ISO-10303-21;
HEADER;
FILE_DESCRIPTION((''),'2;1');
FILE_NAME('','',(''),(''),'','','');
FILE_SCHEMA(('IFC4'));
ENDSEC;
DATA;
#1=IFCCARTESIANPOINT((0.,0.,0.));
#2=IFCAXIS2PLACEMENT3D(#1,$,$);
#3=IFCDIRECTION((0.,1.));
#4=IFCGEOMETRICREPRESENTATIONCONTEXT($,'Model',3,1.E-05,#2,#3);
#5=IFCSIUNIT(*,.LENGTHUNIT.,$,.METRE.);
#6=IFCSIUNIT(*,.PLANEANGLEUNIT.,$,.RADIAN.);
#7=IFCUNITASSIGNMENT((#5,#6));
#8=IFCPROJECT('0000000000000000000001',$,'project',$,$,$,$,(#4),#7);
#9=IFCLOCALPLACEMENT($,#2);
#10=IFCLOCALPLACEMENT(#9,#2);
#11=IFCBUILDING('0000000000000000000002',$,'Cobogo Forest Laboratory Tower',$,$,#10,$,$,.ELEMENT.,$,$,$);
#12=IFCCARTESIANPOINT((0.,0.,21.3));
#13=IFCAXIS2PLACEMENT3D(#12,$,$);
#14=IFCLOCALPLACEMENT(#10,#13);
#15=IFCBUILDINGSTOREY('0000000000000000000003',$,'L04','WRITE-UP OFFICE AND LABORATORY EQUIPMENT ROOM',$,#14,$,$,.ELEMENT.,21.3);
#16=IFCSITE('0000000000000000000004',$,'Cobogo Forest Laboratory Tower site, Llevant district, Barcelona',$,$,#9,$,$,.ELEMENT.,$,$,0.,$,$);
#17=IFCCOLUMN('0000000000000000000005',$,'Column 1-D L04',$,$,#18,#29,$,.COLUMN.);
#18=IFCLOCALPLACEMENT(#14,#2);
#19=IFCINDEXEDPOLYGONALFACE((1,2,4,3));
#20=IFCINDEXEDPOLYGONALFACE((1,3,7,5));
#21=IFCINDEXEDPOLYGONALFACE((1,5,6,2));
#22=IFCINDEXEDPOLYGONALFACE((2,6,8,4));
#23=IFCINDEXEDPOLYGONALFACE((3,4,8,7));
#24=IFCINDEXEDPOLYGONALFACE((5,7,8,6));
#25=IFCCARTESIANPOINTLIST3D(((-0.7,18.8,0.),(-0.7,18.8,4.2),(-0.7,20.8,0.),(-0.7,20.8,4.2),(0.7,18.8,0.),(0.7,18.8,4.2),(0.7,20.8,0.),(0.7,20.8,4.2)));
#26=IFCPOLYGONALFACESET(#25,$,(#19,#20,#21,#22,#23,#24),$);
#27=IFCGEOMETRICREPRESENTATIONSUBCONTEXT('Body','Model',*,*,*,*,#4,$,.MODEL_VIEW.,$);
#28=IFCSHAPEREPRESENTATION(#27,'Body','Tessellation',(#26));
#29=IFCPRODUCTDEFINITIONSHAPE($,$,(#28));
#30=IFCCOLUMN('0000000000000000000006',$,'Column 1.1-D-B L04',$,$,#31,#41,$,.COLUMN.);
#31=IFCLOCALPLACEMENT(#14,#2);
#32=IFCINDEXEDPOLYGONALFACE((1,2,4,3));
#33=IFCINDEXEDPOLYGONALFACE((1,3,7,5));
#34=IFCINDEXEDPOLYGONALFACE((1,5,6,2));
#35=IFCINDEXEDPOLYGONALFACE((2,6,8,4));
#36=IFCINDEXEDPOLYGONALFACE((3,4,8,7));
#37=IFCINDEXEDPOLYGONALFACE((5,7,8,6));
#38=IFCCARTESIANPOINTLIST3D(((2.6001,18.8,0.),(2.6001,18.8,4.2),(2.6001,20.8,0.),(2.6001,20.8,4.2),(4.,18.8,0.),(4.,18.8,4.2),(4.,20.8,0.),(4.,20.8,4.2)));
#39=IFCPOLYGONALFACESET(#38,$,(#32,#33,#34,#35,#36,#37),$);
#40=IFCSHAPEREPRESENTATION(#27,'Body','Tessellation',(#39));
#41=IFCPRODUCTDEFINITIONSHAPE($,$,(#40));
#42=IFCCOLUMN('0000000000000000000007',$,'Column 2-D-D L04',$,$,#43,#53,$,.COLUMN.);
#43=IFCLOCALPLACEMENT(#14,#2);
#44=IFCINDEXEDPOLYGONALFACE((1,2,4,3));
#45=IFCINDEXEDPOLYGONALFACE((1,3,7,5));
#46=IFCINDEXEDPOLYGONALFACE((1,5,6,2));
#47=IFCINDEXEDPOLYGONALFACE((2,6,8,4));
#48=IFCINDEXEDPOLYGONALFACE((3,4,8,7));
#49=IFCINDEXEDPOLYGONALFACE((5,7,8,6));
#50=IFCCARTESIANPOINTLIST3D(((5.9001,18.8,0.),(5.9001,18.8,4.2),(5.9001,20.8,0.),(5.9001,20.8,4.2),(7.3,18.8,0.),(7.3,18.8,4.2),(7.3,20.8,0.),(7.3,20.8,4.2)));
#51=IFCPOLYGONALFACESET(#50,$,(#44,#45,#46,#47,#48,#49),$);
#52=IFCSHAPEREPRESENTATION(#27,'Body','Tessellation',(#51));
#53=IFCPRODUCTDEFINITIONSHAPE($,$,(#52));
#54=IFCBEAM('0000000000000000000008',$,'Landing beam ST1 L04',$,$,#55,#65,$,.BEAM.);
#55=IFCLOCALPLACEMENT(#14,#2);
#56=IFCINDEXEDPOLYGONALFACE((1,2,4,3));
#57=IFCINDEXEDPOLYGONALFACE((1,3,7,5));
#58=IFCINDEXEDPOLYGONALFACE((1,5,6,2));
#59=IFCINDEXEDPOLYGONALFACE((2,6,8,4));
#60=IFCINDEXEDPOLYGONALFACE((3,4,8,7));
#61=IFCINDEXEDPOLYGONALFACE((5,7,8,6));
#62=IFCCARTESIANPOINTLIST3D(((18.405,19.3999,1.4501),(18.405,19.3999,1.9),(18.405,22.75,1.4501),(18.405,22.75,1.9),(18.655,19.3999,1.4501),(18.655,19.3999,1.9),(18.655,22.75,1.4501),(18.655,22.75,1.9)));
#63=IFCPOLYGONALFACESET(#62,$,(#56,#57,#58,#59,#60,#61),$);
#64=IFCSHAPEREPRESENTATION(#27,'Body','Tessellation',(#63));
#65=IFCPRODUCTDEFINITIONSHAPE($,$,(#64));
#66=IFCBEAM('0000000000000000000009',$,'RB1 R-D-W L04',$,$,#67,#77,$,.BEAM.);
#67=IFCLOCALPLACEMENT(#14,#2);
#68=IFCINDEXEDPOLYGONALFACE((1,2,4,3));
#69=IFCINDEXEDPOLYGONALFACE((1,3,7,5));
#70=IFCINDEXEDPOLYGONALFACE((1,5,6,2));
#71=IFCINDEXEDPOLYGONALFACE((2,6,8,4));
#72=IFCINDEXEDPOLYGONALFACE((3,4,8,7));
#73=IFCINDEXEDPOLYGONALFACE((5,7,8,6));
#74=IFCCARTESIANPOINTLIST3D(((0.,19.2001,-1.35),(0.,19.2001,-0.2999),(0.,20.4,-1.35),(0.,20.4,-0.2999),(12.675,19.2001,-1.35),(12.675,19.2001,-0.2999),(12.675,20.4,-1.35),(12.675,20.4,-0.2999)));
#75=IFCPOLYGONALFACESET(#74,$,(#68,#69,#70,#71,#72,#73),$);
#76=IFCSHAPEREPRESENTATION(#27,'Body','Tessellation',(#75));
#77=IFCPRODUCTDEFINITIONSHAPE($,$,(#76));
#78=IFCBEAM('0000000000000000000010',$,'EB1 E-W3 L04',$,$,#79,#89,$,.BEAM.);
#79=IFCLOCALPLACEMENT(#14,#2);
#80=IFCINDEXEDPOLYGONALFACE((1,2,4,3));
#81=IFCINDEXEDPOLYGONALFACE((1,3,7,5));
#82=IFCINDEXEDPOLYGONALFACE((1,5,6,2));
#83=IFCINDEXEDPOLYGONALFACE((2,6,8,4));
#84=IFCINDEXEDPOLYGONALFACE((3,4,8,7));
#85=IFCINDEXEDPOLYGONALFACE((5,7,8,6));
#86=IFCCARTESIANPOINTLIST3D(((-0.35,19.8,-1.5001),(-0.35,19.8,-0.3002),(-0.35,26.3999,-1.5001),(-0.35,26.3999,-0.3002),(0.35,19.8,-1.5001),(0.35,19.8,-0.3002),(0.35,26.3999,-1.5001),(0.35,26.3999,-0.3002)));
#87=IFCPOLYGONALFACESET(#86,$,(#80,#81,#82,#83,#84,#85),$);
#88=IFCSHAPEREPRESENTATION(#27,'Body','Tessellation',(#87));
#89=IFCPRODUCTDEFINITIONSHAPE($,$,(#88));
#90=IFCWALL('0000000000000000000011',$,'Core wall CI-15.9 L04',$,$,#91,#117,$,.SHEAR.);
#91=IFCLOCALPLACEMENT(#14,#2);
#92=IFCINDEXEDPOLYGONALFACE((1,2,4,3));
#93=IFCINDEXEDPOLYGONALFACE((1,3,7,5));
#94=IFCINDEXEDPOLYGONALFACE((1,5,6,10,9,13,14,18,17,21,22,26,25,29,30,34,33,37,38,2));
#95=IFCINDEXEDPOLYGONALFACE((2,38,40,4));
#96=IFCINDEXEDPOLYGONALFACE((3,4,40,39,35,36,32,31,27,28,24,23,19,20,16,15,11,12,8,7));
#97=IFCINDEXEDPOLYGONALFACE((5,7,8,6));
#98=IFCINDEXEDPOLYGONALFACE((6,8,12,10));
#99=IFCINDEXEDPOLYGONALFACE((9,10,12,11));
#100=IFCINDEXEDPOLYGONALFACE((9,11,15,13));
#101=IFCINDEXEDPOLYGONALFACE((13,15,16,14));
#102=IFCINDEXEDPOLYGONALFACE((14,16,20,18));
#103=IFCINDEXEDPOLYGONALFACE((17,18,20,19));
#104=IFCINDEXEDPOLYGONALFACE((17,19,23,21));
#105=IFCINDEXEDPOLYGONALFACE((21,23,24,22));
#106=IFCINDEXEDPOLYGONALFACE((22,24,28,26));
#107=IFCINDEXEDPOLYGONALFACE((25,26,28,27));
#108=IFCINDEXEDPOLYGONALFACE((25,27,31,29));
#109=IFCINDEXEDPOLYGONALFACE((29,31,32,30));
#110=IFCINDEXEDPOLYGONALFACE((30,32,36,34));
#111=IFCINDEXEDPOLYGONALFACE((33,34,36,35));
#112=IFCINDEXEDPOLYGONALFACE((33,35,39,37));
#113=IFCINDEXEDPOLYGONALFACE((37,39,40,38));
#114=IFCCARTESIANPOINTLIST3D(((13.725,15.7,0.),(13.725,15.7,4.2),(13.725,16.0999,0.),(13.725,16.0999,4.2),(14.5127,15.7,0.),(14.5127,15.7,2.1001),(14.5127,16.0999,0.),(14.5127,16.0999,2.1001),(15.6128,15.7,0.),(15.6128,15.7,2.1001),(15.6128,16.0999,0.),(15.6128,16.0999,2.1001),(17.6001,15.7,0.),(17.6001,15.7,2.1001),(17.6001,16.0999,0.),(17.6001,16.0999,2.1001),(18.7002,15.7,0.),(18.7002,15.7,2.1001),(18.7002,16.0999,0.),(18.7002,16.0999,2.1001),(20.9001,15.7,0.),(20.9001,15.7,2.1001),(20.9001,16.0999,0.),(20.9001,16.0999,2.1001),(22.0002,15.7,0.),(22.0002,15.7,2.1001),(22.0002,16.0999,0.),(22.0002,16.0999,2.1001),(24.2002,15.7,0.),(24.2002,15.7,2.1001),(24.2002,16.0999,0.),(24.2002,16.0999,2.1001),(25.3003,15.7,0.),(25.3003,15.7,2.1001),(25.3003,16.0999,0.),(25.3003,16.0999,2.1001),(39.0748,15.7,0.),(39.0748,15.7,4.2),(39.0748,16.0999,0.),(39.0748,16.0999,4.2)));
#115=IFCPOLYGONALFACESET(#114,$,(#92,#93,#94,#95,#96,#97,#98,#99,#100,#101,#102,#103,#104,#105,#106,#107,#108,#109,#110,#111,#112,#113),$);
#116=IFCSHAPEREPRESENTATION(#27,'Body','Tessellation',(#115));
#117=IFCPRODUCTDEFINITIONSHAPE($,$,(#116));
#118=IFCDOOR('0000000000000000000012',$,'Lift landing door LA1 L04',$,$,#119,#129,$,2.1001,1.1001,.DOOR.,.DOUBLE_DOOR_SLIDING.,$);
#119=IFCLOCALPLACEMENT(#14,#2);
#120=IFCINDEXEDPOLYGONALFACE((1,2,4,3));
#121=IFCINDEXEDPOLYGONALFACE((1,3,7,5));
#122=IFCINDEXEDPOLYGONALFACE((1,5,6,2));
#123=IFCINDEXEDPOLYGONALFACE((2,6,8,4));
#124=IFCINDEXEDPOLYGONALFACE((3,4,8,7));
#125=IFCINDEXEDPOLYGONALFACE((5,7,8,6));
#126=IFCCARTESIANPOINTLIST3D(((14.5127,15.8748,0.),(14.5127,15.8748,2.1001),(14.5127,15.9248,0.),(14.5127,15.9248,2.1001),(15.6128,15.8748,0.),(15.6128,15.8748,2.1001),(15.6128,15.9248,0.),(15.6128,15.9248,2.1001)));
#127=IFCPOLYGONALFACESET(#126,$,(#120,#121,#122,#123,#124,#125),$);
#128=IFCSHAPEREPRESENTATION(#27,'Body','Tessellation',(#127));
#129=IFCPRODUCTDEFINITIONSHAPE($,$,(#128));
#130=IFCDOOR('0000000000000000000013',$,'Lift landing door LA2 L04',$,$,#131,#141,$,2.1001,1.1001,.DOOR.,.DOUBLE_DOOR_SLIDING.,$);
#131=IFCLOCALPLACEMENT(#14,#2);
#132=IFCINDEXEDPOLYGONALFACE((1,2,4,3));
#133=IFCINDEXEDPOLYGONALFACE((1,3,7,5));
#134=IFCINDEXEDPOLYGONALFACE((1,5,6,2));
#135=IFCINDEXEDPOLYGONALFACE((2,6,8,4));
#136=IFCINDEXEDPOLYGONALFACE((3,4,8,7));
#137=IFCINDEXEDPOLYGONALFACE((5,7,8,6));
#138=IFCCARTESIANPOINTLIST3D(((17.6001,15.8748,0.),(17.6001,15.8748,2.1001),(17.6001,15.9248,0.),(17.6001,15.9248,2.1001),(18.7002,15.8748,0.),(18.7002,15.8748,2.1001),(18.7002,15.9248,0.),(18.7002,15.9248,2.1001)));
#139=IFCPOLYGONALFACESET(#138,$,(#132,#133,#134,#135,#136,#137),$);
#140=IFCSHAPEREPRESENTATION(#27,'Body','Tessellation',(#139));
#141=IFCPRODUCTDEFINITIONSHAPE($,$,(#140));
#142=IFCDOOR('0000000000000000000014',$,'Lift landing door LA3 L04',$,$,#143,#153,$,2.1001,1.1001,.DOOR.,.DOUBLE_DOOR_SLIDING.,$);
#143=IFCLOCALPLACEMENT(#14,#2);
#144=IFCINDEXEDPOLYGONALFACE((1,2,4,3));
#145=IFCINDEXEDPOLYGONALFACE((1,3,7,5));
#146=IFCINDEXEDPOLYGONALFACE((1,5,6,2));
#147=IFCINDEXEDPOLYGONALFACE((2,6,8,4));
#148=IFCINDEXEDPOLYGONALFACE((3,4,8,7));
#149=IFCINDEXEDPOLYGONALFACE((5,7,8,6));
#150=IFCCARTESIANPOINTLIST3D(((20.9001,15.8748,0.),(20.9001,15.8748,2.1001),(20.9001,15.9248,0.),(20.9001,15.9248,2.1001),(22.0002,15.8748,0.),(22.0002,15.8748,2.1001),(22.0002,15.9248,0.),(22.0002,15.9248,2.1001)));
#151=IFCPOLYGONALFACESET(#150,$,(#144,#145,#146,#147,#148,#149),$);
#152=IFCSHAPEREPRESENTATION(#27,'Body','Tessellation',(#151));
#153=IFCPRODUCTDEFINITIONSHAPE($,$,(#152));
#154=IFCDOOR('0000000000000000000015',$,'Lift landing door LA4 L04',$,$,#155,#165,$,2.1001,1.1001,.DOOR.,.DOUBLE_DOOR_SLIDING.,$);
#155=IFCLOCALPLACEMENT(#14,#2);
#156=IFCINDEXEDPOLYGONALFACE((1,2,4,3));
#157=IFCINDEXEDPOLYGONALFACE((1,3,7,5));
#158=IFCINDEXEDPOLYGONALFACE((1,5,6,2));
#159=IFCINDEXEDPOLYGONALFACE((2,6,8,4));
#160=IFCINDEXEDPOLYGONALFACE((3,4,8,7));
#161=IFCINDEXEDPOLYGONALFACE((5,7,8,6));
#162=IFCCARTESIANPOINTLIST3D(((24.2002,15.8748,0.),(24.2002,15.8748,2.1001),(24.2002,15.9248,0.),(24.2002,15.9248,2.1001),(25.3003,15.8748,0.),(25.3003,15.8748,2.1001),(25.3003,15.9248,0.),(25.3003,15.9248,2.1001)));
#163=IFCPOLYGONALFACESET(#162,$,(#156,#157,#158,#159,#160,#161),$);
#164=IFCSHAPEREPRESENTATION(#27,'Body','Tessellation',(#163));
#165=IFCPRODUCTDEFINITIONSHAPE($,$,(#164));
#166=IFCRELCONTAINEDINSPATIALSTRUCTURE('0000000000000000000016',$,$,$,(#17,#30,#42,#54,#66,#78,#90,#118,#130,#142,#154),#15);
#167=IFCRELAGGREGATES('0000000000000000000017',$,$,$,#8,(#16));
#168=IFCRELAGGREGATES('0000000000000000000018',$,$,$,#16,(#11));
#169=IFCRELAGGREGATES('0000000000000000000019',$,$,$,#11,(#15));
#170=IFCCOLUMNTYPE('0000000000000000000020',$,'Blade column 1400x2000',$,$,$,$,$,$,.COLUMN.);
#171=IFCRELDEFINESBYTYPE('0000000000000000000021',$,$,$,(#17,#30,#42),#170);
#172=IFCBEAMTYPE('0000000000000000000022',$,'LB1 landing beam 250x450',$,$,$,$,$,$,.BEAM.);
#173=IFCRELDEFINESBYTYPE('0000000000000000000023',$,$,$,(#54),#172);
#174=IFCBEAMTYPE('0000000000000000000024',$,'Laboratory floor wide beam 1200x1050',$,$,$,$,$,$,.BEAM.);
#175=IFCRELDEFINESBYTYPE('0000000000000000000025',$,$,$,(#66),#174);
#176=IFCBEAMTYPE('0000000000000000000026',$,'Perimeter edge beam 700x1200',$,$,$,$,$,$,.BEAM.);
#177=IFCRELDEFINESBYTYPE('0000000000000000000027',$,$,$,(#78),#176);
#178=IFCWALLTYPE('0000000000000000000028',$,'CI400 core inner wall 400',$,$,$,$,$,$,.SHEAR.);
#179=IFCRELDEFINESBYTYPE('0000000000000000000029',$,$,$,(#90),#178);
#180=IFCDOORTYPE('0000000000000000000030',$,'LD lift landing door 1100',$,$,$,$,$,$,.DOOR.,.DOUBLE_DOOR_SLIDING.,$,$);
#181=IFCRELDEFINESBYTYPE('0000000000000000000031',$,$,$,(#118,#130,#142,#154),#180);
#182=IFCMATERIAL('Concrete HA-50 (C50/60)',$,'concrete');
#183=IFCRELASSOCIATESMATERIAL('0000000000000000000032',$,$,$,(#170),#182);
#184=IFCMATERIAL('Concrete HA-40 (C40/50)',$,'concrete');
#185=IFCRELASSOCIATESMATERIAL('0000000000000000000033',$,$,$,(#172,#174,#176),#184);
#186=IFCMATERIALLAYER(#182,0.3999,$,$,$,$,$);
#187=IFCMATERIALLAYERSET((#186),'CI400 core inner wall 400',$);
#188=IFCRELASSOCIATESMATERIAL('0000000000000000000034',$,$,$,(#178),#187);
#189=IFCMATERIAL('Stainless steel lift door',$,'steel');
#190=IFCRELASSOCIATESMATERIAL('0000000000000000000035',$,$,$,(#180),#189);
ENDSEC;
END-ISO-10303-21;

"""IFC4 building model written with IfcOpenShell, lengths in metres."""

from ifc_helpers import new_model, si_unit, direction, frame, frame_2d, origin, origin_2d, place, context, subcontext, project, spatial, rectangle, extrude, material, layer, layer_set, material_profile, profile_set, type_object, element, fill, save


model = new_model("IFC4")

# Units and contexts
model_context = context("Model", 3, precision=1e-05, world=origin(), true_north=direction((0.0, 1.0)))
body_context = subcontext(model_context, "Body", "Model", "MODEL_VIEW")
ifc_project = project(units=[si_unit("LENGTHUNIT", "METRE"), si_unit("PLANEANGLEUNIT", "RADIAN")], contexts=[model_context])

# Site, building, storey
site_placement = place(None, origin())
site = spatial("IfcSite", under=ifc_project, at=site_placement, Name="Cobogo Forest Laboratory Tower site, Llevant district, Barcelona", CompositionType="ELEMENT", RefElevation=0.0)
building_placement = place(site_placement, origin())
building = spatial("IfcBuilding", under=site, at=building_placement, Name="Cobogo Forest Laboratory Tower", CompositionType="ELEMENT")
storey_placement = place(building_placement, frame((0.0, 0.0, 21.3)))
storey = spatial("IfcBuildingStorey", under=building, at=storey_placement, Name="L04", Description="WRITE-UP OFFICE AND LABORATORY EQUIPMENT ROOM", CompositionType="ELEMENT", Elevation=21.3)

# Columns
ifc_material_1 = material(Name="Concrete HA-50 (C50/60)", Category="concrete")
ifc_material_profile_1 = material_profile(ifc_material_1, rectangle(XDim=2.0, YDim=1.3999, at=origin_2d()), Name="RC 1400x2000")
ifc_profile_set_1 = profile_set([ifc_material_profile_1], Name="Concrete HA-50 (C50/60)")
column_type = type_object("IfcColumnType", Name="Blade column 1400x2000", PredefinedType="COLUMN", material=ifc_profile_set_1)
for number, where, z_axis, x_axis, name in (
    (1, (0.0, 19.8, 0.0), (0.0, 0.0, 1.0), (0.0, 1.0, 0.0), "Column 1-D L04"),
    (2, (3.3, 19.8, 0.0), (0.0, 0.0, 1.0), (0.0, 1.0, 0.0), "Column 1.1-D-B L04"),
    (3, (6.6001, 19.8, 0.0), (0.0, 0.0, 1.0), (0.0, 1.0, 0.0), "Column 2-D-D L04"),
):
    element("IfcColumn", number, at=place(storey_placement, frame(where, z_axis=z_axis, x_axis=x_axis)), inside=storey, type_object=column_type, Name=name, PredefinedType="COLUMN", context=body_context, shape_type="SweptSolid", body=[
        extrude(rectangle(XDim=2.0, YDim=1.3999, at=origin_2d()), origin(), (0.0, 0.0, 1.0), 4.2),
    ])

# Beams
ifc_material_2 = material(Name="Concrete HA-40 (C40/50)", Category="concrete")
ifc_material_profile_2 = material_profile(ifc_material_2, rectangle(XDim=0.25, YDim=0.45, at=origin_2d()), Name="RC 250x450")
ifc_profile_set_2 = profile_set([ifc_material_profile_2], Name="Concrete HA-40 (C40/50)")
beam_type_1 = type_object("IfcBeamType", Name="LB1 landing beam 250x450", PredefinedType="BEAM", material=ifc_profile_set_2)
beam_1_placement = place(storey_placement, frame((18.53, 19.3999, 1.675), z_axis=(0.0, 1.0, 0.0), x_axis=(-1.0, 0.0, 0.0)))
element("IfcBeam", 4, at=beam_1_placement, inside=storey, type_object=beam_type_1, Name="Landing beam ST1 L04", PredefinedType="BEAM", context=body_context, shape_type="SweptSolid", body=[
    extrude(rectangle(XDim=0.25, YDim=0.45, at=origin_2d()), origin(), (0.0, 0.0, 1.0), 3.3501),
])
ifc_material_profile_3 = material_profile(ifc_material_2, rectangle(XDim=1.2, YDim=1.05, at=origin_2d()), Name="RC 1200x1050")
ifc_profile_set_3 = profile_set([ifc_material_profile_3], Name="Concrete HA-40 (C40/50)")
beam_type_2 = type_object("IfcBeamType", Name="Laboratory floor wide beam 1200x1050", PredefinedType="BEAM", material=ifc_profile_set_3)
beam_2_placement = place(storey_placement, frame((12.675, 19.8, -0.825), z_axis=(-1.0, 0.0, 0.0), x_axis=(0.0, -1.0, 0.0)))
element("IfcBeam", 5, at=beam_2_placement, inside=storey, type_object=beam_type_2, Name="RB1 R-D-W L04", PredefinedType="BEAM", context=body_context, shape_type="SweptSolid", body=[
    extrude(rectangle(XDim=1.2, YDim=1.05, at=origin_2d()), origin(), (0.0, 0.0, 1.0), 12.675),
])
ifc_material_profile_4 = material_profile(ifc_material_2, rectangle(XDim=0.7, YDim=1.2, at=origin_2d()), Name="RC 700x1200")
ifc_profile_set_4 = profile_set([ifc_material_profile_4], Name="Concrete HA-40 (C40/50)")
beam_type_3 = type_object("IfcBeamType", Name="Perimeter edge beam 700x1200", PredefinedType="BEAM", material=ifc_profile_set_4)
beam_3_placement = place(storey_placement, frame((0.0, 19.8, -0.9001), z_axis=(0.0, 1.0, 0.0), x_axis=(-1.0, 0.0, 0.0)))
element("IfcBeam", 6, at=beam_3_placement, inside=storey, type_object=beam_type_3, Name="EB1 E-W3 L04", PredefinedType="BEAM", context=body_context, shape_type="SweptSolid", body=[
    extrude(rectangle(XDim=0.7, YDim=1.2, at=origin_2d()), origin(), (0.0, 0.0, 1.0), 6.5999),
])

# Wall, openings, doors
ifc_layer_1 = layer(ifc_material_1, 0.3999)
ifc_layer_set_1 = layer_set([ifc_layer_1], Name="CI400 core inner wall 400")
wall_type_1 = type_object("IfcWallType", Name="CI400 core inner wall 400", PredefinedType="SHEAR", material=ifc_layer_set_1)
wall_1_placement = place(storey_placement, frame((13.7251, 15.8999, 0.0), z_axis=(0.0, 0.0, 1.0), x_axis=(1.0, 0.0, 0.0)))
wall_1 = element("IfcWall", 7, at=wall_1_placement, inside=storey, type_object=wall_type_1, Name="Core wall CI-15.9 L04", PredefinedType="SHEAR", context=body_context, shape_type="SweptSolid", body=[
    extrude(rectangle(XDim=25.3499, YDim=0.3999, at=frame_2d((12.6748, 0.0))), origin(), (0.0, 0.0, 1.0), 4.2),
])
opening_1_placement = place(wall_1_placement, frame((0.7876, 0.0, 0.0)))
opening_1 = element("IfcOpeningElement", 8, at=opening_1_placement, cuts=wall_1, PredefinedType="OPENING", context=body_context, shape_type="SweptSolid", body=[
    extrude(rectangle(XDim=1.1001, YDim=2.1001, at=frame_2d((0.55, 1.05))), frame((0.0, 0.21, 0.0), z_axis=(0.0, -1.0, 0.0), x_axis=(1.0, 0.0, 0.0)), (0.0, 0.0, 1.0), 0.4199),
])
opening_2_placement = place(wall_1_placement, frame((3.875, 0.0, 0.0)))
opening_2 = element("IfcOpeningElement", 9, at=opening_2_placement, cuts=wall_1, PredefinedType="OPENING", context=body_context, shape_type="SweptSolid", body=[
    extrude(rectangle(XDim=1.1001, YDim=2.1001, at=frame_2d((0.55, 1.05))), frame((0.0, 0.21, 0.0), z_axis=(0.0, -1.0, 0.0), x_axis=(1.0, 0.0, 0.0)), (0.0, 0.0, 1.0), 0.4199),
])
opening_3_placement = place(wall_1_placement, frame((7.175, 0.0, 0.0)))
opening_3 = element("IfcOpeningElement", 10, at=opening_3_placement, cuts=wall_1, PredefinedType="OPENING", context=body_context, shape_type="SweptSolid", body=[
    extrude(rectangle(XDim=1.1001, YDim=2.1001, at=frame_2d((0.55, 1.05))), frame((0.0, 0.21, 0.0), z_axis=(0.0, -1.0, 0.0), x_axis=(1.0, 0.0, 0.0)), (0.0, 0.0, 1.0), 0.4199),
])
opening_4_placement = place(wall_1_placement, frame((10.4751, 0.0, 0.0)))
opening_4 = element("IfcOpeningElement", 11, at=opening_4_placement, cuts=wall_1, PredefinedType="OPENING", context=body_context, shape_type="SweptSolid", body=[
    extrude(rectangle(XDim=1.1001, YDim=2.1001, at=frame_2d((0.55, 1.05))), frame((0.0, 0.21, 0.0), z_axis=(0.0, -1.0, 0.0), x_axis=(1.0, 0.0, 0.0)), (0.0, 0.0, 1.0), 0.4199),
])
ifc_material_3 = material(Name="Stainless steel lift door", Category="steel")
door_type_1 = type_object("IfcDoorType", Name="LD lift landing door 1100", OperationType="DOUBLE_DOOR_SLIDING", PredefinedType="DOOR", material=ifc_material_3)
door_1_placement = place(opening_1_placement, origin())
door_1 = element("IfcDoor", 12, at=door_1_placement, inside=storey, type_object=door_type_1, Name="Lift landing door LA1 L04", OperationType="DOUBLE_DOOR_SLIDING", OverallHeight=2.1001, OverallWidth=1.1001, PredefinedType="DOOR", context=body_context, shape_type="SweptSolid", body=[
    extrude(rectangle(XDim=1.1001, YDim=2.1001, at=frame_2d((0.55, 1.05))), frame((0.0, 0.0249, 0.0), z_axis=(0.0, -1.0, 0.0), x_axis=(1.0, 0.0, 0.0)), (0.0, 0.0, 1.0), 0.05),
])
fill(opening_1, door_1)
door_2_placement = place(opening_2_placement, origin())
door_2 = element("IfcDoor", 13, at=door_2_placement, inside=storey, type_object=door_type_1, Name="Lift landing door LA2 L04", OperationType="DOUBLE_DOOR_SLIDING", OverallHeight=2.1001, OverallWidth=1.1001, PredefinedType="DOOR", context=body_context, shape_type="SweptSolid", body=[
    extrude(rectangle(XDim=1.1001, YDim=2.1001, at=frame_2d((0.55, 1.05))), frame((0.0, 0.0249, 0.0), z_axis=(0.0, -1.0, 0.0), x_axis=(1.0, 0.0, 0.0)), (0.0, 0.0, 1.0), 0.05),
])
fill(opening_2, door_2)
door_3_placement = place(opening_3_placement, origin())
door_3 = element("IfcDoor", 14, at=door_3_placement, inside=storey, type_object=door_type_1, Name="Lift landing door LA3 L04", OperationType="DOUBLE_DOOR_SLIDING", OverallHeight=2.1001, OverallWidth=1.1001, PredefinedType="DOOR", context=body_context, shape_type="SweptSolid", body=[
    extrude(rectangle(XDim=1.1001, YDim=2.1001, at=frame_2d((0.55, 1.05))), frame((0.0, 0.0249, 0.0), z_axis=(0.0, -1.0, 0.0), x_axis=(1.0, 0.0, 0.0)), (0.0, 0.0, 1.0), 0.05),
])
fill(opening_3, door_3)
door_4_placement = place(opening_4_placement, origin())
door_4 = element("IfcDoor", 15, at=door_4_placement, inside=storey, type_object=door_type_1, Name="Lift landing door LA4 L04", OperationType="DOUBLE_DOOR_SLIDING", OverallHeight=2.1001, OverallWidth=1.1001, PredefinedType="DOOR", context=body_context, shape_type="SweptSolid", body=[
    extrude(rectangle(XDim=1.1001, YDim=2.1001, at=frame_2d((0.55, 1.05))), frame((0.0, 0.0249, 0.0), z_axis=(0.0, -1.0, 0.0), x_axis=(1.0, 0.0, 0.0)), (0.0, 0.0, 1.0), 0.05),
])
fill(opening_4, door_4)

save(model, "model.ifc")
